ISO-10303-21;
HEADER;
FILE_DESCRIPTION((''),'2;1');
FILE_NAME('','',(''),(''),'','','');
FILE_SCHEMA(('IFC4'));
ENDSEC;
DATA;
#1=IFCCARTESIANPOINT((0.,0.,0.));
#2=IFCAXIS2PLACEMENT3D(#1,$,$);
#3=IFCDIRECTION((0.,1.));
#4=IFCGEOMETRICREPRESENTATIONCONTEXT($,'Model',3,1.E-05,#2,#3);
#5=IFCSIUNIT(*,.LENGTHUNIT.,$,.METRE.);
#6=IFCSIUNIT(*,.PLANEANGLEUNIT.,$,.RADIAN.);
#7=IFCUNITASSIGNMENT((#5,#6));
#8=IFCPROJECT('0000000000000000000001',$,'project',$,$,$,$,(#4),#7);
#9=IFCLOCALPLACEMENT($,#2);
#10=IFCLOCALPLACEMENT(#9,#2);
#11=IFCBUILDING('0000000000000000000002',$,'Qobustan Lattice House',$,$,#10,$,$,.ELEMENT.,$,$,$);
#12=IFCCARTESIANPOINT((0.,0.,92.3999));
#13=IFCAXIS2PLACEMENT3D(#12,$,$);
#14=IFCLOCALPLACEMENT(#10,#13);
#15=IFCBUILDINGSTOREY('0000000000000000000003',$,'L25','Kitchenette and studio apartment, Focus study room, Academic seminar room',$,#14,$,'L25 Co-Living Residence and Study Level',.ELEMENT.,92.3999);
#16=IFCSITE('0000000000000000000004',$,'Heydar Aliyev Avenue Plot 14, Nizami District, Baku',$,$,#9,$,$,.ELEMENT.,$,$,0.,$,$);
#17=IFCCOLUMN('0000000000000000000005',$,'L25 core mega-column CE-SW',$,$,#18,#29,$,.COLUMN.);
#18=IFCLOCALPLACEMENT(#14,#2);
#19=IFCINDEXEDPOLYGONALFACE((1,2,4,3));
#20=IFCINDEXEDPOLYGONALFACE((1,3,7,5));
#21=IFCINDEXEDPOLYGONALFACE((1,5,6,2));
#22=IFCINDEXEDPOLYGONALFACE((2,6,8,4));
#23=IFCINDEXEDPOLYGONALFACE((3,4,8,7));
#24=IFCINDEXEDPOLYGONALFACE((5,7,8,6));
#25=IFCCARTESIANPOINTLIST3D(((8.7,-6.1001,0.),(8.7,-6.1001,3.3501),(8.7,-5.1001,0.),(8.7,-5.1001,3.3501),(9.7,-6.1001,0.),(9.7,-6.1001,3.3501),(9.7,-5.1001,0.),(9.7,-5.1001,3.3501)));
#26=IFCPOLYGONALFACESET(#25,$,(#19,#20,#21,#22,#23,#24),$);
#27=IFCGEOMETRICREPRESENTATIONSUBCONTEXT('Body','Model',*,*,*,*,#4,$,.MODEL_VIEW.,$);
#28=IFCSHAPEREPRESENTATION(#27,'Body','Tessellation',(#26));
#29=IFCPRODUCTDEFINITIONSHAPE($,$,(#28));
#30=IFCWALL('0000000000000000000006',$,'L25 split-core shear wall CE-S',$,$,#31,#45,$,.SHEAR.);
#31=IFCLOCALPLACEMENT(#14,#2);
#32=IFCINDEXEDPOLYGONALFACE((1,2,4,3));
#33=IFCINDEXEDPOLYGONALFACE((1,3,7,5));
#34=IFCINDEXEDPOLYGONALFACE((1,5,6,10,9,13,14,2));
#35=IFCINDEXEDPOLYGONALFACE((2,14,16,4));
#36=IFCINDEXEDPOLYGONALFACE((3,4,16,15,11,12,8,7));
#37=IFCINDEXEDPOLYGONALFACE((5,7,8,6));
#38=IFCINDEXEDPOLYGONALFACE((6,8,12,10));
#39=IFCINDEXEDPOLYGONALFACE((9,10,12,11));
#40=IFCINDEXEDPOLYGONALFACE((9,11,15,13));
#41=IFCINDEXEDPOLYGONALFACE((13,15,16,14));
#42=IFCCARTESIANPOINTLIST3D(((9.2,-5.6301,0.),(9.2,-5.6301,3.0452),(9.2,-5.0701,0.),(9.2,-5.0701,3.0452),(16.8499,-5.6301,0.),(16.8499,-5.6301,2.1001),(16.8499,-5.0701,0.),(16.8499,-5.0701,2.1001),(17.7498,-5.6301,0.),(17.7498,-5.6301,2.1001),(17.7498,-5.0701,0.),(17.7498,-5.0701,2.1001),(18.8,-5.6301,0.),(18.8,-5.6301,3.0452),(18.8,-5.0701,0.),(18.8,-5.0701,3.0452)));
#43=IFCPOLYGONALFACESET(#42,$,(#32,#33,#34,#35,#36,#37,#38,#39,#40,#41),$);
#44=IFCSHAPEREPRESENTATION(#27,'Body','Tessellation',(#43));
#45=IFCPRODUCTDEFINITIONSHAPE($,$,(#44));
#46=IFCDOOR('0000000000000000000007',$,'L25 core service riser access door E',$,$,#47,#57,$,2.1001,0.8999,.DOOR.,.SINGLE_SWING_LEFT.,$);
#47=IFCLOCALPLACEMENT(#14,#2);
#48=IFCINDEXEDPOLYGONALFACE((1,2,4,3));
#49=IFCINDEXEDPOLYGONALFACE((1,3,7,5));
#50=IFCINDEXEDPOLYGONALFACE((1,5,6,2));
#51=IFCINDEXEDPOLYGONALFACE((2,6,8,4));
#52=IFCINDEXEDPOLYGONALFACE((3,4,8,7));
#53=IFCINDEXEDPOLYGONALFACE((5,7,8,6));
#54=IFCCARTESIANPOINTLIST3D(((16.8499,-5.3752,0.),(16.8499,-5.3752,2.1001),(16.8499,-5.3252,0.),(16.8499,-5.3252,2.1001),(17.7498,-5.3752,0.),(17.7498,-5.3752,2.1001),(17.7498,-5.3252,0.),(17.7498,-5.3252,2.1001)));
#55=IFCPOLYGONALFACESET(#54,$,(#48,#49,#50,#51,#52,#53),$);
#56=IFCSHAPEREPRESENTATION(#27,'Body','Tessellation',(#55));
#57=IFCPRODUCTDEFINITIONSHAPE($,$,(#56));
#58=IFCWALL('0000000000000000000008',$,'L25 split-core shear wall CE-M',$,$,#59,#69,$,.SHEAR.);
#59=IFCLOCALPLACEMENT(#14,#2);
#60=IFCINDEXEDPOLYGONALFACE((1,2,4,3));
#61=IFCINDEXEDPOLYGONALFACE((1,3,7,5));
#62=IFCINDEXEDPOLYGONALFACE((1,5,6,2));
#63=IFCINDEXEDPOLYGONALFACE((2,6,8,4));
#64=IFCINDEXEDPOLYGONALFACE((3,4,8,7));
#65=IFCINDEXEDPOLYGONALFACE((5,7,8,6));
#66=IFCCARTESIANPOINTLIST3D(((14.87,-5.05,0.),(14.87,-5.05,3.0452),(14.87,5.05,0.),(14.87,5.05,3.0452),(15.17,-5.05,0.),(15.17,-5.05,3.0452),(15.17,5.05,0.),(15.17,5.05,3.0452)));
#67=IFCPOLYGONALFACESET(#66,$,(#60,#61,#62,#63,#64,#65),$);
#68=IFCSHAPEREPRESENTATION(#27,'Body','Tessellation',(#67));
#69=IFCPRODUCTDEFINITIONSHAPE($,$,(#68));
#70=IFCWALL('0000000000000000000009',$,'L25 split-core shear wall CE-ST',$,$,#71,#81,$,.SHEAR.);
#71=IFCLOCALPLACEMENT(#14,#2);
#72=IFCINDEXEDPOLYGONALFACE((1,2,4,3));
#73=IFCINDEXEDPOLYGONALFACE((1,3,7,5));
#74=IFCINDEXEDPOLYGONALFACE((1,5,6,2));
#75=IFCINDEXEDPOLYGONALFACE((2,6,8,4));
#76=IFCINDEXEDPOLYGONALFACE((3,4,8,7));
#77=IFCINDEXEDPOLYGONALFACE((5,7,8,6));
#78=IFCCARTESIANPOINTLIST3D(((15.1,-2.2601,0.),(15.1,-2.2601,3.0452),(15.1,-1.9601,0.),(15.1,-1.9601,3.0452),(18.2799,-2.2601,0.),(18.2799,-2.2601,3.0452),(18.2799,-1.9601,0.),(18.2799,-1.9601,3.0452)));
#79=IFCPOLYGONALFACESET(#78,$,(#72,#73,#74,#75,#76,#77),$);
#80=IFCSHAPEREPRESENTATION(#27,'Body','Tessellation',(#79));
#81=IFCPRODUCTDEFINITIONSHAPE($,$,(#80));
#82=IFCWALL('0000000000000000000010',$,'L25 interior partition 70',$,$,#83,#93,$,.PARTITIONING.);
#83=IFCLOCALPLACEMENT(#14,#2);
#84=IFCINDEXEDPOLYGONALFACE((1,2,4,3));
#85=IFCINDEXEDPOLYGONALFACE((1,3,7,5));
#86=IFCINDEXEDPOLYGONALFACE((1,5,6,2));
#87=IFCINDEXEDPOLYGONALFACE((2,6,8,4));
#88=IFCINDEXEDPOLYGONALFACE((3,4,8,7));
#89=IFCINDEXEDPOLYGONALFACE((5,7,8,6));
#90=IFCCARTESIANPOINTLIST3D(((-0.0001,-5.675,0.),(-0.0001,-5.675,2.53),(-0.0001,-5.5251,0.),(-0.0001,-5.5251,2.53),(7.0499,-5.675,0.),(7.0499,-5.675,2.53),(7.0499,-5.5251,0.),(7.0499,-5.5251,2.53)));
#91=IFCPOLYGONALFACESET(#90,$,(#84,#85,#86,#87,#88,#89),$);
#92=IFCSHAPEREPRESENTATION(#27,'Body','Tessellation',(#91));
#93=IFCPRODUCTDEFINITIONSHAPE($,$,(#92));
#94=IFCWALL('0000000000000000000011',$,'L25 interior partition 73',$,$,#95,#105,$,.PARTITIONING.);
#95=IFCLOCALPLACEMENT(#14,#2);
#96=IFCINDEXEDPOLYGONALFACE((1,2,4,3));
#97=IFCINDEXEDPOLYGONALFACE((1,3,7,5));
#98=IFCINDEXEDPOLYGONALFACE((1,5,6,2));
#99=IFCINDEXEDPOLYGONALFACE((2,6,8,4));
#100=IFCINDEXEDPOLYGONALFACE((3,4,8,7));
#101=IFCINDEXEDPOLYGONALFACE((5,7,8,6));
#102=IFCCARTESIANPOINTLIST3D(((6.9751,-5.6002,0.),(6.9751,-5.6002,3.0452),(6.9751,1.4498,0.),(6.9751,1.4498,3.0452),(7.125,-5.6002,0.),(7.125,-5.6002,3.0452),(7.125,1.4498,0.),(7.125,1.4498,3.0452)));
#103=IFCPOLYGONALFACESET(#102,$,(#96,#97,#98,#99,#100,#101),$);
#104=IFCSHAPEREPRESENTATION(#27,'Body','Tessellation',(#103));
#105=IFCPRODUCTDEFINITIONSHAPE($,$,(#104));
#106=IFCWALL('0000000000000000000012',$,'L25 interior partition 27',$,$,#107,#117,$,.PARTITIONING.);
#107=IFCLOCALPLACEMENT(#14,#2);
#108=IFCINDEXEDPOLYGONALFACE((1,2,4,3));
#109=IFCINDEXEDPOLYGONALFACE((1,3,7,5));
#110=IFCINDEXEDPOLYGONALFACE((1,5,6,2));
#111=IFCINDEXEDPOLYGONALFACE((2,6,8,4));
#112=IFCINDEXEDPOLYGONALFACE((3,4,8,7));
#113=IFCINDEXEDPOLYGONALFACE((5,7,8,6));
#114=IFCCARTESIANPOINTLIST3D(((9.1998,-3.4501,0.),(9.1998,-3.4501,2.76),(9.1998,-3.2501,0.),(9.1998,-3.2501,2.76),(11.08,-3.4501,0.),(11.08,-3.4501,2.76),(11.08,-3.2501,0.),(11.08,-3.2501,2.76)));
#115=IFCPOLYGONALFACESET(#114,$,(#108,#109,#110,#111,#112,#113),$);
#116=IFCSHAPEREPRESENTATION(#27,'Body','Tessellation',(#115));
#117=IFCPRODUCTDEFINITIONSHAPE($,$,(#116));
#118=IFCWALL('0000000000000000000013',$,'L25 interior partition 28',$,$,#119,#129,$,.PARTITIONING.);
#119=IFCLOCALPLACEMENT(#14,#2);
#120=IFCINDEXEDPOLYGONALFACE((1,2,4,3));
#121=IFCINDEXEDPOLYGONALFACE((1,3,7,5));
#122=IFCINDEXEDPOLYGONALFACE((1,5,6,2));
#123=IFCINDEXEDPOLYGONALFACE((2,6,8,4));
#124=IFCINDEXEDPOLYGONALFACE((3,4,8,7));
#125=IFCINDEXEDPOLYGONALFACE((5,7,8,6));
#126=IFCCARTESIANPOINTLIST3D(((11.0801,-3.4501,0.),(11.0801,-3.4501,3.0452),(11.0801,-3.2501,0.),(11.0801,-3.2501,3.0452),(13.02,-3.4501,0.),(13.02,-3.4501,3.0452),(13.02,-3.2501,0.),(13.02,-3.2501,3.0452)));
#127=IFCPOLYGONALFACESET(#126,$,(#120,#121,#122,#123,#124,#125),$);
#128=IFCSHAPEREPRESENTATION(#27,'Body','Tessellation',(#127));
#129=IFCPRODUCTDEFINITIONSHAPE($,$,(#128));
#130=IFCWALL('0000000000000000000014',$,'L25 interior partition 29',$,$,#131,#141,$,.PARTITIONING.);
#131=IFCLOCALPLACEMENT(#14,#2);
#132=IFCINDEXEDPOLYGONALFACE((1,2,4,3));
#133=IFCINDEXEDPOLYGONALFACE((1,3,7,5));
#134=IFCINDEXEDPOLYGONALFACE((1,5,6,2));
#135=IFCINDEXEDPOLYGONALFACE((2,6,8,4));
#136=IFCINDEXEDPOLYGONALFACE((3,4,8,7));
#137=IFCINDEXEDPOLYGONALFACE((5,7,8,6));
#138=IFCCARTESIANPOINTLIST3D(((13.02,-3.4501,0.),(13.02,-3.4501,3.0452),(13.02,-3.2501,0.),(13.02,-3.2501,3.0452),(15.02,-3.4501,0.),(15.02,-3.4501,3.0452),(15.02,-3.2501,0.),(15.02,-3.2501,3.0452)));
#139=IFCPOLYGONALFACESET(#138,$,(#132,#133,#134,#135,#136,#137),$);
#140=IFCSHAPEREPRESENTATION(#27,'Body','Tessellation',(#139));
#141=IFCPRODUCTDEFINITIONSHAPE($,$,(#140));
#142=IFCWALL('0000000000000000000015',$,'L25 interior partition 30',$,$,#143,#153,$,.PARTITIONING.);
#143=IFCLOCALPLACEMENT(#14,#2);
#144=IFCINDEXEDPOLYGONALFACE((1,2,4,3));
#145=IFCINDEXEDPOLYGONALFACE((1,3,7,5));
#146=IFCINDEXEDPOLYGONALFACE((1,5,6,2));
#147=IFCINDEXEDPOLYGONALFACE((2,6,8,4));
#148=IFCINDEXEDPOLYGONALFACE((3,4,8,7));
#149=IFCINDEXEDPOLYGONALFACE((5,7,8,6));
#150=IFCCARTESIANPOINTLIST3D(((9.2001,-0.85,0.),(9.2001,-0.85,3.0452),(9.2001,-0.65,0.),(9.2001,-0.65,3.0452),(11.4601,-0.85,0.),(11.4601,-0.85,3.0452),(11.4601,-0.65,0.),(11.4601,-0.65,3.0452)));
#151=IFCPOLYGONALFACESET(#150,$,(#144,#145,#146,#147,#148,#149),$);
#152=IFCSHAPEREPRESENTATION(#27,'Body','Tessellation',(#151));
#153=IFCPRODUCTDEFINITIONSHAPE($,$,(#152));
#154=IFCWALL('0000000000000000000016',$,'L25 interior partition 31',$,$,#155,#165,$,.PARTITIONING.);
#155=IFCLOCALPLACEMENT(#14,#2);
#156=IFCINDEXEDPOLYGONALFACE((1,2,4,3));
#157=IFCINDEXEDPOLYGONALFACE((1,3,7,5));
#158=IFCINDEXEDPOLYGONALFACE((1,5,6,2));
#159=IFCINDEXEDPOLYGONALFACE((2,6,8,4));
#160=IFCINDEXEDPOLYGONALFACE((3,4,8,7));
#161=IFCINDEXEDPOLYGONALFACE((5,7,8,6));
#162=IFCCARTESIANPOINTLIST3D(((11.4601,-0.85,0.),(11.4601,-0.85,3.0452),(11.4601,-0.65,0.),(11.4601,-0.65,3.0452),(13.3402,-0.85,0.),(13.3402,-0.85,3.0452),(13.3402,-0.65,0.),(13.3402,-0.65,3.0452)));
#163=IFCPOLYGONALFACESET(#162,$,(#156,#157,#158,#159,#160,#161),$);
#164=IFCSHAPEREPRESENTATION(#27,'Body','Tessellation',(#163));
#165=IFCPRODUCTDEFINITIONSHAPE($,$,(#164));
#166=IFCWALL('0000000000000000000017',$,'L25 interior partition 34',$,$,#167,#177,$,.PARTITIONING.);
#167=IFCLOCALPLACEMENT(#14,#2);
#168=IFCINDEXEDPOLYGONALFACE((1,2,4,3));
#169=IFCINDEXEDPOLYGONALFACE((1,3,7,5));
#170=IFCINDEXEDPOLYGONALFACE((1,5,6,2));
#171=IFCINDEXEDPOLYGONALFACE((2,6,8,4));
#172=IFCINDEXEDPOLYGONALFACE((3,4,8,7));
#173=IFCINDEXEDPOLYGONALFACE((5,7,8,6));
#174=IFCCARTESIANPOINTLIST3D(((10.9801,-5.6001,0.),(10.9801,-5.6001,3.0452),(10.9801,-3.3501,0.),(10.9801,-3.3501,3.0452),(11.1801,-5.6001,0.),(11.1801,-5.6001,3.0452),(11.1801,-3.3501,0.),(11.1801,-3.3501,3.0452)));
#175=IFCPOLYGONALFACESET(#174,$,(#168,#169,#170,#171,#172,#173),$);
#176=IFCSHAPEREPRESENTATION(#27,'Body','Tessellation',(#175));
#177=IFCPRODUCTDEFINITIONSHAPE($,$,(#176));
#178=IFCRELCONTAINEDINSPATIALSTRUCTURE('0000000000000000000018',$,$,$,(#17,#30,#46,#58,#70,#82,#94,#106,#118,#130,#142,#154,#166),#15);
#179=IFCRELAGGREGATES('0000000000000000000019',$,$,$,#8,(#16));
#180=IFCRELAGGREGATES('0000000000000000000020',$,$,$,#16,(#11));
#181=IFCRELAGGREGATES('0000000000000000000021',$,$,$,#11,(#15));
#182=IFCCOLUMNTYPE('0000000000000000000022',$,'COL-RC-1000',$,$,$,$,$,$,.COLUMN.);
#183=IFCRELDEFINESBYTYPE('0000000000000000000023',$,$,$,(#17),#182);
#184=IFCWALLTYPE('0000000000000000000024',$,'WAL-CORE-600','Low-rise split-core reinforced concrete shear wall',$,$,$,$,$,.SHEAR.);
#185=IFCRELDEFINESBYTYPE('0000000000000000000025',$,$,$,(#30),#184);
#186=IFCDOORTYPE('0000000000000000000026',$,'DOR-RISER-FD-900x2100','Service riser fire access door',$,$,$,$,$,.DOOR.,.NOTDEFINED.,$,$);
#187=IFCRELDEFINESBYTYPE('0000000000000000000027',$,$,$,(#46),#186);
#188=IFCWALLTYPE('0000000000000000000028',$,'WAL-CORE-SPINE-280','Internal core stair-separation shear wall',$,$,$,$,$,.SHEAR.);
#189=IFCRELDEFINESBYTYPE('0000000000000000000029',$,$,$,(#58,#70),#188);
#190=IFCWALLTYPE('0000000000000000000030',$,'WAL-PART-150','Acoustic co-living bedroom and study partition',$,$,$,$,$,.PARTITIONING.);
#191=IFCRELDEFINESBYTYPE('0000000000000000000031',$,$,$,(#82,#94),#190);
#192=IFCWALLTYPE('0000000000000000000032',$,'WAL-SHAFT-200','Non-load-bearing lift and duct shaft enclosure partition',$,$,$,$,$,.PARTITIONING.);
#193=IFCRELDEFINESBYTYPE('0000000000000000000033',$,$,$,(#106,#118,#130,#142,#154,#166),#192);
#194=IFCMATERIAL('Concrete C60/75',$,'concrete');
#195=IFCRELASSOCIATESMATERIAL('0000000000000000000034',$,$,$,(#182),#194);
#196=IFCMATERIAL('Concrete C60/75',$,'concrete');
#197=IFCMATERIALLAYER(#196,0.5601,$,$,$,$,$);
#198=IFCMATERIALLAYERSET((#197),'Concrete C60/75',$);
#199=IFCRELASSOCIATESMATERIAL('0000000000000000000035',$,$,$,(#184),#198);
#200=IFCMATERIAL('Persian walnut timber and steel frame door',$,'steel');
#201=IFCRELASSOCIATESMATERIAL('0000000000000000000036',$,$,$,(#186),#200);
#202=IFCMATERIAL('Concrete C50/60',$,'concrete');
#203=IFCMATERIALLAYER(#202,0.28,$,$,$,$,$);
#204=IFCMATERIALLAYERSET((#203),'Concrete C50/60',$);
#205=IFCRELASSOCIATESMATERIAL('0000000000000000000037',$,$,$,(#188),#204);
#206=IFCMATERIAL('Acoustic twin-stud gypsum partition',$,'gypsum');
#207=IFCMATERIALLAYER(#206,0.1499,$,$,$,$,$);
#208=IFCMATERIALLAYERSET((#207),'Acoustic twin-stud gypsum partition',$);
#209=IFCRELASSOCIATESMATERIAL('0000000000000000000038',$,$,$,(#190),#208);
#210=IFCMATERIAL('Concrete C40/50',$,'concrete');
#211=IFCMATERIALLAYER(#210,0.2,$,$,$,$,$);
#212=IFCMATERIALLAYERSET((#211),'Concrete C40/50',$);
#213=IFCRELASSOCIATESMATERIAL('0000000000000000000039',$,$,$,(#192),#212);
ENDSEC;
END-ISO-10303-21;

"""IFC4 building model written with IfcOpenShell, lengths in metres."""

from ifc_helpers import new_model, si_unit, direction, frame, frame_2d, origin, origin_2d, place, context, subcontext, project, spatial, rectangle, extrude, material, layer, layer_set, material_profile, profile_set, type_object, element, fill, save


model = new_model("IFC4")

# Units and contexts
model_context = context("Model", 3, precision=1e-05, world=origin(), true_north=direction((0.0, 1.0)))
body_context = subcontext(model_context, "Body", "Model", "MODEL_VIEW")
ifc_project = project(units=[si_unit("LENGTHUNIT", "METRE"), si_unit("PLANEANGLEUNIT", "RADIAN")], contexts=[model_context])

# Site, building, storey
site_placement = place(None, origin())
site = spatial("IfcSite", under=ifc_project, at=site_placement, Name="Heydar Aliyev Avenue Plot 14, Nizami District, Baku", CompositionType="ELEMENT", RefElevation=0.0)
building_placement = place(site_placement, origin())
building = spatial("IfcBuilding", under=site, at=building_placement, Name="Qobustan Lattice House", CompositionType="ELEMENT")
storey_placement = place(building_placement, frame((0.0, 0.0, 92.3999)))
storey = spatial("IfcBuildingStorey", under=building, at=storey_placement, Name="L25", Description="Kitchenette and studio apartment, Focus study room, Academic seminar room", LongName="L25 Co-Living Residence and Study Level", CompositionType="ELEMENT", Elevation=92.3999)

# Column
ifc_material_1 = material(Name="Concrete C60/75", Category="concrete")
ifc_material_profile = material_profile(ifc_material_1, rectangle(XDim=1.0, YDim=1.0, at=origin_2d()), Name="RC1000x1000")
ifc_profile_set = profile_set([ifc_material_profile], Name="Concrete C60/75")
column_type = type_object("IfcColumnType", Name="COL-RC-1000", PredefinedType="COLUMN", material=ifc_profile_set)
column_placement = place(storey_placement, frame((9.2, -5.6001, 0.0), z_axis=(0.0, 0.0, 1.0), x_axis=(1.0, 0.0, 0.0)))
element("IfcColumn", 1, at=column_placement, inside=storey, type_object=column_type, Name="L25 core mega-column CE-SW", PredefinedType="COLUMN", context=body_context, shape_type="SweptSolid", body=[
    extrude(rectangle(XDim=1.0, YDim=1.0, at=origin_2d()), origin(), (0.0, 0.0, 1.0), 3.3501),
])

# Wall, opening, door
ifc_material_2 = material(Name="Concrete C60/75", Category="concrete")
ifc_layer_1 = layer(ifc_material_2, 0.5601)
ifc_layer_set_1 = layer_set([ifc_layer_1], Name="Concrete C60/75")
wall_type_1 = type_object("IfcWallType", Name="WAL-CORE-600", Description="Low-rise split-core reinforced concrete shear wall", PredefinedType="SHEAR", material=ifc_layer_set_1)
wall_1_placement = place(storey_placement, frame((9.2, -5.3501, 0.0), z_axis=(0.0, 0.0, 1.0), x_axis=(1.0, 0.0, 0.0)))
wall_1 = element("IfcWall", 2, at=wall_1_placement, inside=storey, type_object=wall_type_1, Name="L25 split-core shear wall CE-S", PredefinedType="SHEAR", context=body_context, shape_type="SweptSolid", body=[
    extrude(rectangle(XDim=9.6001, YDim=0.5601, at=frame_2d((4.8, 0.0))), origin(), (0.0, 0.0, 1.0), 3.0452),
])
opening_1_placement = place(wall_1_placement, frame((7.6499, 0.0, 0.0)))
opening_1 = element("IfcOpeningElement", 3, at=opening_1_placement, cuts=wall_1, PredefinedType="OPENING", context=body_context, shape_type="SweptSolid", body=[
    extrude(rectangle(XDim=0.8999, YDim=2.1001, at=frame_2d((0.45, 1.05))), frame((0.0, 0.29, 0.0), z_axis=(0.0, -1.0, 0.0), x_axis=(1.0, 0.0, 0.0)), (0.0, 0.0, 1.0), 0.5801),
])
ifc_material_3 = material(Name="Persian walnut timber and steel frame door", Category="steel")
door_type_1 = type_object("IfcDoorType", Name="DOR-RISER-FD-900x2100", Description="Service riser fire access door", OperationType="NOTDEFINED", PredefinedType="DOOR", material=ifc_material_3)
door_1_placement = place(opening_1_placement, origin())
door_1 = element("IfcDoor", 4, at=door_1_placement, inside=storey, type_object=door_type_1, Name="L25 core service riser access door E", OperationType="SINGLE_SWING_LEFT", OverallHeight=2.1001, OverallWidth=0.8999, PredefinedType="DOOR", context=body_context, shape_type="SweptSolid", body=[
    extrude(rectangle(XDim=0.8999, YDim=2.1001, at=frame_2d((0.45, 1.05))), frame((0.0, 0.0249, 0.0), z_axis=(0.0, -1.0, 0.0), x_axis=(1.0, 0.0, 0.0)), (0.0, 0.0, 1.0), 0.05),
])
fill(opening_1, door_1)

# Walls
ifc_material_4 = material(Name="Concrete C50/60", Category="concrete")
ifc_layer_2 = layer(ifc_material_4, 0.28)
ifc_layer_set_2 = layer_set([ifc_layer_2], Name="Concrete C50/60")
wall_type_2 = type_object("IfcWallType", Name="WAL-CORE-SPINE-280", Description="Internal core stair-separation shear wall", PredefinedType="SHEAR", material=ifc_layer_set_2)
wall_2_placement = place(storey_placement, frame((15.02, -5.05, 0.0), z_axis=(0.0, 0.0, 1.0), x_axis=(0.0, 1.0, 0.0)))
element("IfcWall", 5, at=wall_2_placement, inside=storey, type_object=wall_type_2, Name="L25 split-core shear wall CE-M", PredefinedType="SHEAR", context=body_context, shape_type="SweptSolid", body=[
    extrude(rectangle(XDim=10.1001, YDim=0.3, at=frame_2d((5.05, 0.0))), origin(), (0.0, 0.0, 1.0), 3.0452),
])
wall_3_placement = place(storey_placement, frame((15.1001, -2.1101, 0.0), z_axis=(0.0, 0.0, 1.0), x_axis=(1.0, 0.0, 0.0)))
element("IfcWall", 6, at=wall_3_placement, inside=storey, type_object=wall_type_2, Name="L25 split-core shear wall CE-ST", PredefinedType="SHEAR", context=body_context, shape_type="SweptSolid", body=[
    extrude(rectangle(XDim=3.1799, YDim=0.3, at=frame_2d((1.5898, 0.0))), origin(), (0.0, 0.0, 1.0), 3.0452),
])
ifc_material_5 = material(Name="Acoustic twin-stud gypsum partition", Category="gypsum")
ifc_layer_3 = layer(ifc_material_5, 0.1499)
ifc_layer_set_3 = layer_set([ifc_layer_3], Name="Acoustic twin-stud gypsum partition")
wall_type_3 = type_object("IfcWallType", Name="WAL-PART-150", Description="Acoustic co-living bedroom and study partition", PredefinedType="PARTITIONING", material=ifc_layer_set_3)
wall_4_placement = place(storey_placement, frame((0.0, -5.6001, 0.0), z_axis=(0.0, 0.0, 1.0), x_axis=(1.0, 0.0, 0.0)))
element("IfcWall", 7, at=wall_4_placement, inside=storey, type_object=wall_type_3, Name="L25 interior partition 70", PredefinedType="PARTITIONING", context=body_context, shape_type="SweptSolid", body=[
    extrude(rectangle(XDim=7.05, YDim=0.1499, at=frame_2d((3.5249, 0.0))), origin(), (0.0, 0.0, 1.0), 2.53),
])
wall_5_placement = place(storey_placement, frame((7.05, -5.6001, 0.0), z_axis=(0.0, 0.0, 1.0), x_axis=(0.0, 1.0, 0.0)))
element("IfcWall", 8, at=wall_5_placement, inside=storey, type_object=wall_type_3, Name="L25 interior partition 73", PredefinedType="PARTITIONING", context=body_context, shape_type="SweptSolid", body=[
    extrude(rectangle(XDim=7.05, YDim=0.1499, at=frame_2d((3.5249, 0.0))), origin(), (0.0, 0.0, 1.0), 3.0452),
])
ifc_material_6 = material(Name="Concrete C40/50", Category="concrete")
ifc_layer_4 = layer(ifc_material_6, 0.2)
ifc_layer_set_4 = layer_set([ifc_layer_4], Name="Concrete C40/50")
wall_type_4 = type_object("IfcWallType", Name="WAL-SHAFT-200", Description="Non-load-bearing lift and duct shaft enclosure partition", PredefinedType="PARTITIONING", material=ifc_layer_set_4)
wall_6_placement = place(storey_placement, frame((9.2, -3.3501, 0.0), z_axis=(0.0, 0.0, 1.0), x_axis=(1.0, 0.0, 0.0)))
element("IfcWall", 9, at=wall_6_placement, inside=storey, type_object=wall_type_4, Name="L25 interior partition 27", PredefinedType="PARTITIONING", context=body_context, shape_type="SweptSolid", body=[
    extrude(rectangle(XDim=1.8801, YDim=0.2, at=frame_2d((0.9399, 0.0))), origin(), (0.0, 0.0, 1.0), 2.76),
])
wall_7_placement = place(storey_placement, frame((11.0801, -3.3501, 0.0), z_axis=(0.0, 0.0, 1.0), x_axis=(1.0, 0.0, 0.0)))
element("IfcWall", 10, at=wall_7_placement, inside=storey, type_object=wall_type_4, Name="L25 interior partition 28", PredefinedType="PARTITIONING", context=body_context, shape_type="SweptSolid", body=[
    extrude(rectangle(XDim=1.9399, YDim=0.2, at=frame_2d((0.97, 0.0))), origin(), (0.0, 0.0, 1.0), 3.0452),
])
wall_8_placement = place(storey_placement, frame((13.02, -3.3501, 0.0), z_axis=(0.0, 0.0, 1.0), x_axis=(1.0, 0.0, 0.0)))
element("IfcWall", 11, at=wall_8_placement, inside=storey, type_object=wall_type_4, Name="L25 interior partition 29", PredefinedType="PARTITIONING", context=body_context, shape_type="SweptSolid", body=[
    extrude(rectangle(XDim=2.0, YDim=0.2, at=frame_2d((1.0, 0.0))), origin(), (0.0, 0.0, 1.0), 3.0452),
])
wall_9_placement = place(storey_placement, frame((11.46, -0.75, 0.0), z_axis=(0.0, 0.0, 1.0), x_axis=(-1.0, 0.0, 0.0)))
element("IfcWall", 12, at=wall_9_placement, inside=storey, type_object=wall_type_4, Name="L25 interior partition 30", PredefinedType="PARTITIONING", context=body_context, shape_type="SweptSolid", body=[
    extrude(rectangle(XDim=2.26, YDim=0.2, at=frame_2d((1.1299, 0.0))), origin(), (0.0, 0.0, 1.0), 3.0452),
])
wall_10_placement = place(storey_placement, frame((13.3401, -0.75, 0.0), z_axis=(0.0, 0.0, 1.0), x_axis=(-1.0, 0.0, 0.0)))
element("IfcWall", 13, at=wall_10_placement, inside=storey, type_object=wall_type_4, Name="L25 interior partition 31", PredefinedType="PARTITIONING", context=body_context, shape_type="SweptSolid", body=[
    extrude(rectangle(XDim=1.8801, YDim=0.2, at=frame_2d((0.9399, 0.0))), origin(), (0.0, 0.0, 1.0), 3.0452),
])
for number, where, z_axis, x_axis, name in (
    (14, (11.0801, -5.6001, 0.0), (0.0, 0.0, 1.0), (0.0, 1.0, 0.0), "L25 interior partition 34"),
):
    element("IfcWall", number, at=place(storey_placement, frame(where, z_axis=z_axis, x_axis=x_axis)), inside=storey, type_object=wall_type_4, Name=name, PredefinedType="PARTITIONING", context=body_context, shape_type="SweptSolid", body=[
        extrude(rectangle(XDim=2.25, YDim=0.2, at=frame_2d((1.125, 0.0))), origin(), (0.0, 0.0, 1.0), 3.0452),
    ])

save(model, "model.ifc")
